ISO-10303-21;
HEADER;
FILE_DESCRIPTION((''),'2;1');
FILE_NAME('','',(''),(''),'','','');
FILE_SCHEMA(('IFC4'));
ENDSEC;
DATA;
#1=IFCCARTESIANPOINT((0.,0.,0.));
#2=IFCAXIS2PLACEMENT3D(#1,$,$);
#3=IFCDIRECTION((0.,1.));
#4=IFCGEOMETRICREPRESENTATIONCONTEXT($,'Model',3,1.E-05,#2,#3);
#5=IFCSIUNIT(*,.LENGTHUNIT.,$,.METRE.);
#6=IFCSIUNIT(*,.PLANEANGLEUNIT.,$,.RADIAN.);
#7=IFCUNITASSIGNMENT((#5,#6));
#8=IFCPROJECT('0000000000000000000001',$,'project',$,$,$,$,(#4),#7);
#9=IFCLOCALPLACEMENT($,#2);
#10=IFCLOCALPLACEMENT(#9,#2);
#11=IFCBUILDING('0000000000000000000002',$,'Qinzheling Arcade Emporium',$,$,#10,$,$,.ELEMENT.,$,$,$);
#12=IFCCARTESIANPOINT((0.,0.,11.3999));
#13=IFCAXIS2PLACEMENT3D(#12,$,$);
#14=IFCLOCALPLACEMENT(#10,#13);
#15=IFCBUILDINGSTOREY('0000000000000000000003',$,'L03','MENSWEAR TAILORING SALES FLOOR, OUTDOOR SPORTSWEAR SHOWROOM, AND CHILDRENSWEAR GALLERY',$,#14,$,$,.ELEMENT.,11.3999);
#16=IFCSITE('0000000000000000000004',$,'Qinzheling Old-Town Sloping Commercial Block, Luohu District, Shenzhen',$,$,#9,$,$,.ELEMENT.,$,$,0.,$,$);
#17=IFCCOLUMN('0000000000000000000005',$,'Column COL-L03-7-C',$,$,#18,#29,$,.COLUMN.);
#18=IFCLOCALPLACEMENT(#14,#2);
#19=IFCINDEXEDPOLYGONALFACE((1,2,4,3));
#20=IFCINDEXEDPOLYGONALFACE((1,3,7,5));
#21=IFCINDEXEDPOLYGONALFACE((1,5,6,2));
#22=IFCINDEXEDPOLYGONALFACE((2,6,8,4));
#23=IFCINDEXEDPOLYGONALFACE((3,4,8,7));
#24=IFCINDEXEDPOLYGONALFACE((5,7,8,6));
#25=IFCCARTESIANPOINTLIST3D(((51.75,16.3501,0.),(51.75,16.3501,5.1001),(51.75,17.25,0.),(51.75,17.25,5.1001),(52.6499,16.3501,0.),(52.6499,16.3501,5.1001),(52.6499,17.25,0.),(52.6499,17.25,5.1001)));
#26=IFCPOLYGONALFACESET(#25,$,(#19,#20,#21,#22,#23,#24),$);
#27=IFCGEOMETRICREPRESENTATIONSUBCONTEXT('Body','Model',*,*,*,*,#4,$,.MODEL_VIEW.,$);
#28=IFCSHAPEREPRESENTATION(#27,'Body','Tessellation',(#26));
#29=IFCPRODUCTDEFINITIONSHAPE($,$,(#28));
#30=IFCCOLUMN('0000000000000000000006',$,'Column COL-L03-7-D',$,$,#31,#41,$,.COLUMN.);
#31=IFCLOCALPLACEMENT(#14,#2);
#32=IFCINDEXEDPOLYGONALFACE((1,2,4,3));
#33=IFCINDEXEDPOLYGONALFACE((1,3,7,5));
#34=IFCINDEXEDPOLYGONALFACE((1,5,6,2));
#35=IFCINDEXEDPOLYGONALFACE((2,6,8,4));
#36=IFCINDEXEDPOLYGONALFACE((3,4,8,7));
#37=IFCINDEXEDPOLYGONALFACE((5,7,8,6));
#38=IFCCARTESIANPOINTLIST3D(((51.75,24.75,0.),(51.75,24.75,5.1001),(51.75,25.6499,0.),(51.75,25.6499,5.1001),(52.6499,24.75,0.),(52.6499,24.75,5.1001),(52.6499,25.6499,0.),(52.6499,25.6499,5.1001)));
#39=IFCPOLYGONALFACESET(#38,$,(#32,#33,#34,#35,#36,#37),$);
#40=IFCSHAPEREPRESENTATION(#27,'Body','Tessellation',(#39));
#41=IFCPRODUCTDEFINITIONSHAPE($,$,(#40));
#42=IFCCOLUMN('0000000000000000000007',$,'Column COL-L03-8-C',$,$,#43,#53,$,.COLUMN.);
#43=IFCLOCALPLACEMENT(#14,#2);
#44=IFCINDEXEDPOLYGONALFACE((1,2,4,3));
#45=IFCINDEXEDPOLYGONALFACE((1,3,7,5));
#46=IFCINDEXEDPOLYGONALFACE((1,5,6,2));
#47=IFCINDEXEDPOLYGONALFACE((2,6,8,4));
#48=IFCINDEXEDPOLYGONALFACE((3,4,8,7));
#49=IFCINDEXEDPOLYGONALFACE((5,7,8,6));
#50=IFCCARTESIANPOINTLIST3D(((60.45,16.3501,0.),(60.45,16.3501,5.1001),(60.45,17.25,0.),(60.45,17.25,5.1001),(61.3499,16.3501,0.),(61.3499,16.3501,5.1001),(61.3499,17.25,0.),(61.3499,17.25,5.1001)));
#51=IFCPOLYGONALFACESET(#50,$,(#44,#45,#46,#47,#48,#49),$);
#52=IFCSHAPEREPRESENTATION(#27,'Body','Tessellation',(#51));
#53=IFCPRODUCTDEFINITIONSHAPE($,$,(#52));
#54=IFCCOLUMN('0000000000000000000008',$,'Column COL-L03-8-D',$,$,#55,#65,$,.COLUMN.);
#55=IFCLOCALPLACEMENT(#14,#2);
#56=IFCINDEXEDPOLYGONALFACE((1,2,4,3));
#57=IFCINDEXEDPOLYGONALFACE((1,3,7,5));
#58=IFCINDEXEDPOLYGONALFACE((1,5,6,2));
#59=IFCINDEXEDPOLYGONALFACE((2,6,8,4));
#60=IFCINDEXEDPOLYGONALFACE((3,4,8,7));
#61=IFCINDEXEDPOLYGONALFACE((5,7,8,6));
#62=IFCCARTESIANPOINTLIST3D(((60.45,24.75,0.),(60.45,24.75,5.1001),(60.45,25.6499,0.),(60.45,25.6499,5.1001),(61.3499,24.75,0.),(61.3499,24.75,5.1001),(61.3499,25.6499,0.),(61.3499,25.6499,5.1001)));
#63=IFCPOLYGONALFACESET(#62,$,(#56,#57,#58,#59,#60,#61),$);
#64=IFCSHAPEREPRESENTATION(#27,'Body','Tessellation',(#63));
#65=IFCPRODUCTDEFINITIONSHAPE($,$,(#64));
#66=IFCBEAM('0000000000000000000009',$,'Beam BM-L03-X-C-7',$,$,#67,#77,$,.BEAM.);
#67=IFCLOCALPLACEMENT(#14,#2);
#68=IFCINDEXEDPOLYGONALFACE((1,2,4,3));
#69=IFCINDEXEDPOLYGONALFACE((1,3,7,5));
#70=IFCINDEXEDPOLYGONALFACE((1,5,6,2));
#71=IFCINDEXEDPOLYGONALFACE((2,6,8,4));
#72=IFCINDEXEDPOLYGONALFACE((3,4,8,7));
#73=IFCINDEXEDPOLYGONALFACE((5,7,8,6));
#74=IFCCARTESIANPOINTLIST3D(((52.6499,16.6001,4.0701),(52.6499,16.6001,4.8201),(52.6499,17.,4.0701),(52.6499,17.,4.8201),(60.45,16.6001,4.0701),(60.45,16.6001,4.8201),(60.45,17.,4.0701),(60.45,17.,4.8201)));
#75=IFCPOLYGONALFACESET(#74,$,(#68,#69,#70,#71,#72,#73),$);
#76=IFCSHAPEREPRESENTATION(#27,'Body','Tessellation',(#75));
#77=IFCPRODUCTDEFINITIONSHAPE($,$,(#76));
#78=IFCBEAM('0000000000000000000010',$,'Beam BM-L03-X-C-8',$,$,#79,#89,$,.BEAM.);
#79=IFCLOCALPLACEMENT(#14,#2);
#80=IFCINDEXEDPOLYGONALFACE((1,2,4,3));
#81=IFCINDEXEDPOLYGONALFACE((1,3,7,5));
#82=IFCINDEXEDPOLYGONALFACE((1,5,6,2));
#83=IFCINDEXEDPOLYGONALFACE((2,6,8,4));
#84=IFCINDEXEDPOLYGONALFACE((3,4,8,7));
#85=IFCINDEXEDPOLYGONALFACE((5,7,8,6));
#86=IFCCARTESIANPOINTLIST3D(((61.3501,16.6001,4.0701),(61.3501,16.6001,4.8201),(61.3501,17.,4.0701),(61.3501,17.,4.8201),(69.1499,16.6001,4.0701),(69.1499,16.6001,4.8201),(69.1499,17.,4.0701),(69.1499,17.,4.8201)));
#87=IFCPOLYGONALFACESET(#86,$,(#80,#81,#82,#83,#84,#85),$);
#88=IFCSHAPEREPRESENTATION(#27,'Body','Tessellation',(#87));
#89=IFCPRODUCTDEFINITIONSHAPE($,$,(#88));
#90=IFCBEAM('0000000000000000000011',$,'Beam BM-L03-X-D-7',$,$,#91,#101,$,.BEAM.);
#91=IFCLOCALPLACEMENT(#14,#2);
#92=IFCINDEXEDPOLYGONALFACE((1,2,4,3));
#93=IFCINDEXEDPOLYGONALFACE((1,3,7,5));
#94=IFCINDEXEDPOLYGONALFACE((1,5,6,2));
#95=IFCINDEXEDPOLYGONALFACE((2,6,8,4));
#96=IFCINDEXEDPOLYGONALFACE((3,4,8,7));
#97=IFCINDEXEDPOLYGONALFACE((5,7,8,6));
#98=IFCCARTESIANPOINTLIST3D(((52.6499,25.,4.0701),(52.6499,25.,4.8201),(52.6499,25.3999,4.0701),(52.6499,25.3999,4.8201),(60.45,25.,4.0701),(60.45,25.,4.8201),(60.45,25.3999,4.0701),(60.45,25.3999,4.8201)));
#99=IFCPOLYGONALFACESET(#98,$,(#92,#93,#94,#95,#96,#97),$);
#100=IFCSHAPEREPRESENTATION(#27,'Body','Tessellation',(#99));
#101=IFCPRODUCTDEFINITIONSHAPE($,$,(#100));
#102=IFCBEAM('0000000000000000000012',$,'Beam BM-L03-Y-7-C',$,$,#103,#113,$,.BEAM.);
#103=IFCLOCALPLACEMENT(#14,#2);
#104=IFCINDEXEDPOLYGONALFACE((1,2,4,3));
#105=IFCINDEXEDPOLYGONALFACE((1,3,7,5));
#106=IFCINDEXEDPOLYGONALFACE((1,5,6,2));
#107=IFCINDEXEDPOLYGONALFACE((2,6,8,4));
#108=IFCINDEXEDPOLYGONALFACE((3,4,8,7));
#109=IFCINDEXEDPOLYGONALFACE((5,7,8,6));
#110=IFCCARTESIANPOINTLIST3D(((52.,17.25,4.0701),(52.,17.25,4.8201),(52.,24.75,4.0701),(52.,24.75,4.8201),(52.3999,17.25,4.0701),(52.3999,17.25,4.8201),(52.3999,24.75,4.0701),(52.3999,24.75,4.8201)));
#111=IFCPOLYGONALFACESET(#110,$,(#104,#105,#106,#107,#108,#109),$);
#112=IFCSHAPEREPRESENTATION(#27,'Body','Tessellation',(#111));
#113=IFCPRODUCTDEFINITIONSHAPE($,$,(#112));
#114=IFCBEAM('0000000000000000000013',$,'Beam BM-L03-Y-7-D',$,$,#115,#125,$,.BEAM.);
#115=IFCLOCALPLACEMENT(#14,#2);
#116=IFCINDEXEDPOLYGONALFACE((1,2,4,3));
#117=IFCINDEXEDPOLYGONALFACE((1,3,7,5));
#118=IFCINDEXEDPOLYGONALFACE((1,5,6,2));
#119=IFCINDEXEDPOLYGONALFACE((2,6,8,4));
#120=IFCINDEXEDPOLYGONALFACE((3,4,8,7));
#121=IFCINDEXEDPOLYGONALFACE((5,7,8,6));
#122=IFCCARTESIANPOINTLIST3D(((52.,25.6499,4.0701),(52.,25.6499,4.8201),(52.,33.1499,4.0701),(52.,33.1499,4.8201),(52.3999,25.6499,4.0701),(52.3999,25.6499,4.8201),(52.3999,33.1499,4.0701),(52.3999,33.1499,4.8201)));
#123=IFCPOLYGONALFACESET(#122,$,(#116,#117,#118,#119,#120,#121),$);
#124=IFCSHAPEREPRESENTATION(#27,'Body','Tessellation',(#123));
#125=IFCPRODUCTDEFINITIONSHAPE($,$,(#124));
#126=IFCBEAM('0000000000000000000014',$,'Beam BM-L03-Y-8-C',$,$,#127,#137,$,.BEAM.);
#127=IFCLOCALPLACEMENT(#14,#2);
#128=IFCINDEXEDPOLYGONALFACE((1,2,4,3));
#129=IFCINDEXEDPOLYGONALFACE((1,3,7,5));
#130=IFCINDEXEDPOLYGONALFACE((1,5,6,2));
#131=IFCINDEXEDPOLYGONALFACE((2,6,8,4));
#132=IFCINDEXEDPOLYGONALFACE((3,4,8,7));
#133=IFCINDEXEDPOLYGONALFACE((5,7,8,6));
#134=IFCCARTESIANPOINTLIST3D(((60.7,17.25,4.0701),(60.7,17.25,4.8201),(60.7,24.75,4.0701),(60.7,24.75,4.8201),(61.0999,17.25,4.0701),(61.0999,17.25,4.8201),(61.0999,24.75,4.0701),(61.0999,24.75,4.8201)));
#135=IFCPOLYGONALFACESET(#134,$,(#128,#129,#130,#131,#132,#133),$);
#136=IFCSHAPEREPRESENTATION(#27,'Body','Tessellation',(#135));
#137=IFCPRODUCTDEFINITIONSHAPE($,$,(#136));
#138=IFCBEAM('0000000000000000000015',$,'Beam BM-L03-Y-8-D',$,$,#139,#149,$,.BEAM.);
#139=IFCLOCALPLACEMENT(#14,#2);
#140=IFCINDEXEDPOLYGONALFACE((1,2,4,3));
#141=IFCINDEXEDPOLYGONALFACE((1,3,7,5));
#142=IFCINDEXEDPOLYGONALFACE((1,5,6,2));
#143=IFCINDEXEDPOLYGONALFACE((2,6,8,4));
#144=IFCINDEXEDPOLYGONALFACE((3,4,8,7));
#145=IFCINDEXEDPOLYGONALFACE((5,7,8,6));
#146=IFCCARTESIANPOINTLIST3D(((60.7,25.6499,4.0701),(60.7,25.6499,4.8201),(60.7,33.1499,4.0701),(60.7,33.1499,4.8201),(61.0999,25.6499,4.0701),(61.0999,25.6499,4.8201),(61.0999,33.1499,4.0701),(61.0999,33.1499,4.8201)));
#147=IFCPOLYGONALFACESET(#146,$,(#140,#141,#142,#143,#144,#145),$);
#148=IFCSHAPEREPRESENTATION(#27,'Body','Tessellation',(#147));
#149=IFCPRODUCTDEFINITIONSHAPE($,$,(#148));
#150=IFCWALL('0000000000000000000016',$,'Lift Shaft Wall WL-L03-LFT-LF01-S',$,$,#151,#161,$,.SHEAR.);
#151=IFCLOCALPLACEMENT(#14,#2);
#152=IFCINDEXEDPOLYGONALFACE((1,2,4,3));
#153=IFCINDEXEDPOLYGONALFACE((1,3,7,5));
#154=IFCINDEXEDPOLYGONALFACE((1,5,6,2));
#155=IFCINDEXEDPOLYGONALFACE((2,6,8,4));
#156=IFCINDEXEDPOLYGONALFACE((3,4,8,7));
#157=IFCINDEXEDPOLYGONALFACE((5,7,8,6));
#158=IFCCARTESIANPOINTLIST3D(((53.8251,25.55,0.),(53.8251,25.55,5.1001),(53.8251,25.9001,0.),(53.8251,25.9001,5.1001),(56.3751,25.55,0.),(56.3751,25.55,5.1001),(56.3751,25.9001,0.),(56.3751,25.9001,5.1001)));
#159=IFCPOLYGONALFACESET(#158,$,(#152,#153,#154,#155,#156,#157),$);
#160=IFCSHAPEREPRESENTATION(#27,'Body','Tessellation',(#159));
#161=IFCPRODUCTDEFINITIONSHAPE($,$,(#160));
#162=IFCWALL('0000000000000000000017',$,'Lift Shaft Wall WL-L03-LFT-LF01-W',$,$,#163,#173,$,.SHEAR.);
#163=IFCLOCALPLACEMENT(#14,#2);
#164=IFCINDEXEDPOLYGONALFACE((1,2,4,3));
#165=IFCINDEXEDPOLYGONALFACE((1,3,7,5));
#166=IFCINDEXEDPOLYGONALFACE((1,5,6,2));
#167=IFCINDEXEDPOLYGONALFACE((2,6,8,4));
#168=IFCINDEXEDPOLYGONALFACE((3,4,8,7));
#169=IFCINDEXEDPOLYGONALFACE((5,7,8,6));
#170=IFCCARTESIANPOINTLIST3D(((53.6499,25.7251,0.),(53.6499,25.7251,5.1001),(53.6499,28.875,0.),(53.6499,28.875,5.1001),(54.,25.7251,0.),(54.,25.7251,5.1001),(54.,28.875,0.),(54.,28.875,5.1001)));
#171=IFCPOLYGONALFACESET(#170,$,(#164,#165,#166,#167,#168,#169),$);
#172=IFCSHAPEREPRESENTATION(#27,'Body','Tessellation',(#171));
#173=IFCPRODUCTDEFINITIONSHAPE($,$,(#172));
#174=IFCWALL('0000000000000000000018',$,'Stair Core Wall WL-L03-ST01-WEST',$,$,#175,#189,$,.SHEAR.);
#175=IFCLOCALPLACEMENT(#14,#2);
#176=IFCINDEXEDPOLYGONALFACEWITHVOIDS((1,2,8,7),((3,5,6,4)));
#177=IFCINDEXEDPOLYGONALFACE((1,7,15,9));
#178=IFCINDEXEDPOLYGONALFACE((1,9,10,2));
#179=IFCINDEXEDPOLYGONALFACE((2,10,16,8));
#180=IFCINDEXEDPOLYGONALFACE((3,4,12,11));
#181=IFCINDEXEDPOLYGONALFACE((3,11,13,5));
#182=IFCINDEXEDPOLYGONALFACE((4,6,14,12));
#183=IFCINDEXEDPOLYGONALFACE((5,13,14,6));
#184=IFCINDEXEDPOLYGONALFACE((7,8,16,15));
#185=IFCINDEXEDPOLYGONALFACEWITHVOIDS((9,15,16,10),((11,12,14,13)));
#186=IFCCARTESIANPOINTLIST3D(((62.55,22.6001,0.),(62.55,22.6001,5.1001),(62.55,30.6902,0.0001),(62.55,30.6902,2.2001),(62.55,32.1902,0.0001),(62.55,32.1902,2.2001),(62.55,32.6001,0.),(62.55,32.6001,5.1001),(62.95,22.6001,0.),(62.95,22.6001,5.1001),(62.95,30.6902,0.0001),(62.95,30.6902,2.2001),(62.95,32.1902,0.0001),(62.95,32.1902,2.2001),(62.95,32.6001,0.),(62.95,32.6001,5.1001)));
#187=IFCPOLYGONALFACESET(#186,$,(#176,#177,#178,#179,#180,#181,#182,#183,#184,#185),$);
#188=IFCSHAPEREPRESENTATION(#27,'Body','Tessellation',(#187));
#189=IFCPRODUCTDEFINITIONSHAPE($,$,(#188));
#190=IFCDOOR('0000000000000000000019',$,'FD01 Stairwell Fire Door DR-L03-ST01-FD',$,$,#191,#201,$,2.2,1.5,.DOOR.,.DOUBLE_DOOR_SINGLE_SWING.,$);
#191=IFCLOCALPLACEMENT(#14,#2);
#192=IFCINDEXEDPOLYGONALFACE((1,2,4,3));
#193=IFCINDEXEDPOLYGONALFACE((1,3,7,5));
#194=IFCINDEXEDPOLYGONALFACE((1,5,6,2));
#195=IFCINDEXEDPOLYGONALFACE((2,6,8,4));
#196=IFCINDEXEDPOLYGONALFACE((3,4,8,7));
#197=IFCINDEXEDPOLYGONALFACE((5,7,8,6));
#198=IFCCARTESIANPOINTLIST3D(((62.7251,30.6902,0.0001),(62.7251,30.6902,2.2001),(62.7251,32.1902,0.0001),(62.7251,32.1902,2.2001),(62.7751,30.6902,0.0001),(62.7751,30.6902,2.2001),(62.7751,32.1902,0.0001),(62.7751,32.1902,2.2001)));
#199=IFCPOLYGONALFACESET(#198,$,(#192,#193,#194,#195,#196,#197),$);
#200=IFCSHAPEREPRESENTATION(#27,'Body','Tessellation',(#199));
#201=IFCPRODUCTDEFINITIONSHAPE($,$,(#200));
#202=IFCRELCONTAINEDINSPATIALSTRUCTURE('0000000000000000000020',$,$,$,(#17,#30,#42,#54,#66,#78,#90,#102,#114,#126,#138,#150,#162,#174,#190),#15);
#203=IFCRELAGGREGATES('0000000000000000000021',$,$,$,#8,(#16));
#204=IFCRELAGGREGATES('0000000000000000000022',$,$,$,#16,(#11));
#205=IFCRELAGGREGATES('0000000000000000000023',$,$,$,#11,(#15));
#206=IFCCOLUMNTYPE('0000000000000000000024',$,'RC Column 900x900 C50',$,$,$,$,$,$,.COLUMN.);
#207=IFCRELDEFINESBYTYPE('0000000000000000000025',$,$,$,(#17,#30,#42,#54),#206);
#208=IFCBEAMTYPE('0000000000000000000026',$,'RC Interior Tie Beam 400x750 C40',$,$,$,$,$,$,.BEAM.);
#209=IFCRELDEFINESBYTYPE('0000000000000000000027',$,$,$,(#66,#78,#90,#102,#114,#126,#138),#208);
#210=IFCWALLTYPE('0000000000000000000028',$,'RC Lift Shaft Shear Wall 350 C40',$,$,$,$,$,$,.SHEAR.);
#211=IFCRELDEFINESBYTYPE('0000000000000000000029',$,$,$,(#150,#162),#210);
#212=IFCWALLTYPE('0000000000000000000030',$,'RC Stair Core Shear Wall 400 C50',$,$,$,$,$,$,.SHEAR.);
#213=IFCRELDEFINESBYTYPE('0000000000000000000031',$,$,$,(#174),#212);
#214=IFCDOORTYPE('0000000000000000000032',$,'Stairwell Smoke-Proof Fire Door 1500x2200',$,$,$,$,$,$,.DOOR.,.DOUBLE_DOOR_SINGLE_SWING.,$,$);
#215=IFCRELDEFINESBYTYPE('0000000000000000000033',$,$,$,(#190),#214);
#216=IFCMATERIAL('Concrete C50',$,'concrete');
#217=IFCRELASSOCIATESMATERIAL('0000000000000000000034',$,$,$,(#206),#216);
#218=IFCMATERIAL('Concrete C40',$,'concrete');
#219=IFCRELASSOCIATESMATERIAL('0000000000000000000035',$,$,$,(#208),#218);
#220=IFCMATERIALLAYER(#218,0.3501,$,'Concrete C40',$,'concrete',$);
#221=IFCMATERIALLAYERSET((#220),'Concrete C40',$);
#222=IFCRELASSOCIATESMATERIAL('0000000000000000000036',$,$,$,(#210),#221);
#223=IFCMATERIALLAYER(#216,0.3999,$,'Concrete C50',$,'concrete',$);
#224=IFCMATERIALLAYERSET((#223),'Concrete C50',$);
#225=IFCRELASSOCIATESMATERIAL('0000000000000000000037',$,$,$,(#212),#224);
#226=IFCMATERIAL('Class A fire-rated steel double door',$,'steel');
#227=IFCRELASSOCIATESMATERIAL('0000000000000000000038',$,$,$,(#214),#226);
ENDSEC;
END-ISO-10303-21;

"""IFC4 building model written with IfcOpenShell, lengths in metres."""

from ifc_helpers import new_model, si_unit, direction, frame, frame_2d, origin, origin_2d, place, context, subcontext, project, spatial, rectangle, extrude, material, layer, layer_set, material_profile, profile_set, type_object, element, fill, save


model = new_model("IFC4")

# Units and contexts
model_context = context("Model", 3, precision=1e-05, world=origin(), true_north=direction((0.0, 1.0)))
body_context = subcontext(model_context, "Body", "Model", "MODEL_VIEW")
ifc_project = project(units=[si_unit("LENGTHUNIT", "METRE"), si_unit("PLANEANGLEUNIT", "RADIAN")], contexts=[model_context])

# Site, building, storey
site_placement = place(None, origin())
site = spatial("IfcSite", under=ifc_project, at=site_placement, Name="Qinzheling Old-Town Sloping Commercial Block, Luohu District, Shenzhen", CompositionType="ELEMENT", RefElevation=0.0)
building_placement = place(site_placement, origin())
building = spatial("IfcBuilding", under=site, at=building_placement, Name="Qinzheling Arcade Emporium", CompositionType="ELEMENT")
storey_placement = place(building_placement, frame((0.0, 0.0, 11.3999)))
storey = spatial("IfcBuildingStorey", under=building, at=storey_placement, Name="L03", Description="MENSWEAR TAILORING SALES FLOOR, OUTDOOR SPORTSWEAR SHOWROOM, AND CHILDRENSWEAR GALLERY", CompositionType="ELEMENT", Elevation=11.3999)

# Columns
ifc_material_1 = material(Name="Concrete C50", Category="concrete")
ifc_material_profile_1 = material_profile(ifc_material_1, rectangle(XDim=0.8999, YDim=0.8999, at=origin_2d()), Name="RC 900x900", Category="concrete")
ifc_profile_set_1 = profile_set([ifc_material_profile_1], Name="Concrete C50")
column_type = type_object("IfcColumnType", Name="RC Column 900x900 C50", PredefinedType="COLUMN", material=ifc_profile_set_1)
for number, where, z_axis, x_axis, name in (
    (1, (52.2, 16.8, 0.0), (0.0, 0.0, 1.0), (1.0, 0.0, 0.0), "Column COL-L03-7-C"),
    (2, (52.2, 25.2, 0.0), (0.0, 0.0, 1.0), (1.0, 0.0, 0.0), "Column COL-L03-7-D"),
    (3, (60.8999, 16.8, 0.0), (0.0, 0.0, 1.0), (1.0, 0.0, 0.0), "Column COL-L03-8-C"),
    (4, (60.8999, 25.2, 0.0), (0.0, 0.0, 1.0), (1.0, 0.0, 0.0), "Column COL-L03-8-D"),
):
    element("IfcColumn", number, at=place(storey_placement, frame(where, z_axis=z_axis, x_axis=x_axis)), inside=storey, type_object=column_type, Name=name, PredefinedType="COLUMN", context=body_context, shape_type="SweptSolid", body=[
        extrude(rectangle(XDim=0.8999, YDim=0.8999, at=origin_2d()), origin(), (0.0, 0.0, 1.0), 5.1001),
    ])

# Beams
ifc_material_2 = material(Name="Concrete C40", Category="concrete")
ifc_material_profile_2 = material_profile(ifc_material_2, rectangle(XDim=0.3999, YDim=0.75, at=origin_2d()), Name="RC 400x750", Category="concrete")
ifc_profile_set_2 = profile_set([ifc_material_profile_2], Name="Concrete C40")
beam_type = type_object("IfcBeamType", Name="RC Interior Tie Beam 400x750 C40", PredefinedType="BEAM", material=ifc_profile_set_2)
beam_1_placement = place(storey_placement, frame((52.6499, 16.8, 4.4451), z_axis=(1.0, 0.0, 0.0), x_axis=(0.0, 1.0, 0.0)))
element("IfcBeam", 5, at=beam_1_placement, inside=storey, type_object=beam_type, Name="Beam BM-L03-X-C-7", PredefinedType="BEAM", context=body_context, shape_type="SweptSolid", body=[
    extrude(rectangle(XDim=0.3999, YDim=0.75, at=origin_2d()), origin(), (0.0, 0.0, 1.0), 7.8),
])
beam_2_placement = place(storey_placement, frame((61.3501, 16.8, 4.4451), z_axis=(1.0, 0.0, 0.0), x_axis=(0.0, 1.0, 0.0)))
element("IfcBeam", 6, at=beam_2_placement, inside=storey, type_object=beam_type, Name="Beam BM-L03-X-C-8", PredefinedType="BEAM", context=body_context, shape_type="SweptSolid", body=[
    extrude(rectangle(XDim=0.3999, YDim=0.75, at=origin_2d()), origin(), (0.0, 0.0, 1.0), 7.7998),
])
beam_3_placement = place(storey_placement, frame((52.6499, 25.2, 4.4451), z_axis=(1.0, 0.0, 0.0), x_axis=(0.0, 1.0, 0.0)))
element("IfcBeam", 7, at=beam_3_placement, inside=storey, type_object=beam_type, Name="Beam BM-L03-X-D-7", PredefinedType="BEAM", context=body_context, shape_type="SweptSolid", body=[
    extrude(rectangle(XDim=0.3999, YDim=0.75, at=origin_2d()), origin(), (0.0, 0.0, 1.0), 7.8),
])
for number, where, z_axis, x_axis, name in (
    (8, (52.2, 17.25, 4.4451), (0.0, 1.0, 0.0), (-1.0, 0.0, 0.0), "Beam BM-L03-Y-7-C"),
    (9, (52.2, 25.6499, 4.4451), (0.0, 1.0, 0.0), (-1.0, 0.0, 0.0), "Beam BM-L03-Y-7-D"),
    (10, (60.8999, 17.25, 4.4451), (0.0, 1.0, 0.0), (-1.0, 0.0, 0.0), "Beam BM-L03-Y-8-C"),
    (11, (60.8999, 25.6499, 4.4451), (0.0, 1.0, 0.0), (-1.0, 0.0, 0.0), "Beam BM-L03-Y-8-D"),
):
    element("IfcBeam", number, at=place(storey_placement, frame(where, z_axis=z_axis, x_axis=x_axis)), inside=storey, type_object=beam_type, Name=name, PredefinedType="BEAM", context=body_context, shape_type="SweptSolid", body=[
        extrude(rectangle(XDim=0.3999, YDim=0.75, at=origin_2d()), origin(), (0.0, 0.0, 1.0), 7.5),
    ])

# Walls
ifc_layer_1 = layer(ifc_material_2, 0.3501, Name="Concrete C40", Category="concrete")
ifc_layer_set_1 = layer_set([ifc_layer_1], Name="Concrete C40")
wall_type_1 = type_object("IfcWallType", Name="RC Lift Shaft Shear Wall 350 C40", PredefinedType="SHEAR", material=ifc_layer_set_1)
wall_1_placement = place(storey_placement, frame((56.375, 25.7251, 0.0), z_axis=(0.0, 0.0, 1.0), x_axis=(-1.0, 0.0, 0.0)))
element("IfcWall", 12, at=wall_1_placement, inside=storey, type_object=wall_type_1, Name="Lift Shaft Wall WL-L03-LFT-LF01-S", PredefinedType="SHEAR", context=body_context, shape_type="SweptSolid", body=[
    extrude(rectangle(XDim=2.55, YDim=0.3501, at=frame_2d((1.2749, 0.0))), origin(), (0.0, 0.0, 1.0), 5.1001),
])
wall_2_placement = place(storey_placement, frame((53.825, 25.7251, 0.0), z_axis=(0.0, 0.0, 1.0), x_axis=(0.0, 1.0, 0.0)))
element("IfcWall", 13, at=wall_2_placement, inside=storey, type_object=wall_type_1, Name="Lift Shaft Wall WL-L03-LFT-LF01-W", PredefinedType="SHEAR", context=body_context, shape_type="SweptSolid", body=[
    extrude(rectangle(XDim=3.1499, YDim=0.3501, at=frame_2d((1.575, 0.0))), origin(), (0.0, 0.0, 1.0), 5.1001),
])

# Wall, opening, door
ifc_layer_2 = layer(ifc_material_1, 0.3999, Name="Concrete C50", Category="concrete")
ifc_layer_set_2 = layer_set([ifc_layer_2], Name="Concrete C50")
wall_type_2 = type_object("IfcWallType", Name="RC Stair Core Shear Wall 400 C50", PredefinedType="SHEAR", material=ifc_layer_set_2)
wall_3_placement = place(storey_placement, frame((62.75, 22.6001, 0.0), z_axis=(0.0, 0.0, 1.0), x_axis=(0.0, 1.0, 0.0)))
wall_3 = element("IfcWall", 14, at=wall_3_placement, inside=storey, type_object=wall_type_2, Name="Stair Core Wall WL-L03-ST01-WEST", PredefinedType="SHEAR", context=body_context, shape_type="SweptSolid", body=[
    extrude(rectangle(XDim=10.0, YDim=0.3999, at=frame_2d((5.0, 0.0))), origin(), (0.0, 0.0, 1.0), 5.1001),
])
opening_placement = place(wall_3_placement, frame((8.0901, 0.0, 0.0)))
opening = element("IfcOpeningElement", 15, at=opening_placement, cuts=wall_3, PredefinedType="OPENING", context=body_context, shape_type="SweptSolid", body=[
    extrude(rectangle(XDim=1.5, YDim=2.2, at=frame_2d((0.75, 1.1001))), frame((0.0, 0.21, 0.0), z_axis=(0.0, -1.0, 0.0), x_axis=(1.0, 0.0, 0.0)), (0.0, 0.0, 1.0), 0.4199),
])
ifc_material_3 = material(Name="Class A fire-rated steel double door", Category="steel")
door_type = type_object("IfcDoorType", Name="Stairwell Smoke-Proof Fire Door 1500x2200", OperationType="DOUBLE_DOOR_SINGLE_SWING", PredefinedType="DOOR", material=ifc_material_3)
door_placement = place(opening_placement, origin())
door = element("IfcDoor", 16, at=door_placement, inside=storey, type_object=door_type, Name="FD01 Stairwell Fire Door DR-L03-ST01-FD", OperationType="DOUBLE_DOOR_SINGLE_SWING", OverallHeight=2.2, OverallWidth=1.5, PredefinedType="DOOR", context=body_context, shape_type="SweptSolid", body=[
    extrude(rectangle(XDim=1.5, YDim=2.2, at=frame_2d((0.75, 1.1001))), frame((0.0, 0.0249, 0.0), z_axis=(0.0, -1.0, 0.0), x_axis=(1.0, 0.0, 0.0)), (0.0, 0.0, 1.0), 0.05),
])
fill(opening, door)

save(model, "model.ifc")
